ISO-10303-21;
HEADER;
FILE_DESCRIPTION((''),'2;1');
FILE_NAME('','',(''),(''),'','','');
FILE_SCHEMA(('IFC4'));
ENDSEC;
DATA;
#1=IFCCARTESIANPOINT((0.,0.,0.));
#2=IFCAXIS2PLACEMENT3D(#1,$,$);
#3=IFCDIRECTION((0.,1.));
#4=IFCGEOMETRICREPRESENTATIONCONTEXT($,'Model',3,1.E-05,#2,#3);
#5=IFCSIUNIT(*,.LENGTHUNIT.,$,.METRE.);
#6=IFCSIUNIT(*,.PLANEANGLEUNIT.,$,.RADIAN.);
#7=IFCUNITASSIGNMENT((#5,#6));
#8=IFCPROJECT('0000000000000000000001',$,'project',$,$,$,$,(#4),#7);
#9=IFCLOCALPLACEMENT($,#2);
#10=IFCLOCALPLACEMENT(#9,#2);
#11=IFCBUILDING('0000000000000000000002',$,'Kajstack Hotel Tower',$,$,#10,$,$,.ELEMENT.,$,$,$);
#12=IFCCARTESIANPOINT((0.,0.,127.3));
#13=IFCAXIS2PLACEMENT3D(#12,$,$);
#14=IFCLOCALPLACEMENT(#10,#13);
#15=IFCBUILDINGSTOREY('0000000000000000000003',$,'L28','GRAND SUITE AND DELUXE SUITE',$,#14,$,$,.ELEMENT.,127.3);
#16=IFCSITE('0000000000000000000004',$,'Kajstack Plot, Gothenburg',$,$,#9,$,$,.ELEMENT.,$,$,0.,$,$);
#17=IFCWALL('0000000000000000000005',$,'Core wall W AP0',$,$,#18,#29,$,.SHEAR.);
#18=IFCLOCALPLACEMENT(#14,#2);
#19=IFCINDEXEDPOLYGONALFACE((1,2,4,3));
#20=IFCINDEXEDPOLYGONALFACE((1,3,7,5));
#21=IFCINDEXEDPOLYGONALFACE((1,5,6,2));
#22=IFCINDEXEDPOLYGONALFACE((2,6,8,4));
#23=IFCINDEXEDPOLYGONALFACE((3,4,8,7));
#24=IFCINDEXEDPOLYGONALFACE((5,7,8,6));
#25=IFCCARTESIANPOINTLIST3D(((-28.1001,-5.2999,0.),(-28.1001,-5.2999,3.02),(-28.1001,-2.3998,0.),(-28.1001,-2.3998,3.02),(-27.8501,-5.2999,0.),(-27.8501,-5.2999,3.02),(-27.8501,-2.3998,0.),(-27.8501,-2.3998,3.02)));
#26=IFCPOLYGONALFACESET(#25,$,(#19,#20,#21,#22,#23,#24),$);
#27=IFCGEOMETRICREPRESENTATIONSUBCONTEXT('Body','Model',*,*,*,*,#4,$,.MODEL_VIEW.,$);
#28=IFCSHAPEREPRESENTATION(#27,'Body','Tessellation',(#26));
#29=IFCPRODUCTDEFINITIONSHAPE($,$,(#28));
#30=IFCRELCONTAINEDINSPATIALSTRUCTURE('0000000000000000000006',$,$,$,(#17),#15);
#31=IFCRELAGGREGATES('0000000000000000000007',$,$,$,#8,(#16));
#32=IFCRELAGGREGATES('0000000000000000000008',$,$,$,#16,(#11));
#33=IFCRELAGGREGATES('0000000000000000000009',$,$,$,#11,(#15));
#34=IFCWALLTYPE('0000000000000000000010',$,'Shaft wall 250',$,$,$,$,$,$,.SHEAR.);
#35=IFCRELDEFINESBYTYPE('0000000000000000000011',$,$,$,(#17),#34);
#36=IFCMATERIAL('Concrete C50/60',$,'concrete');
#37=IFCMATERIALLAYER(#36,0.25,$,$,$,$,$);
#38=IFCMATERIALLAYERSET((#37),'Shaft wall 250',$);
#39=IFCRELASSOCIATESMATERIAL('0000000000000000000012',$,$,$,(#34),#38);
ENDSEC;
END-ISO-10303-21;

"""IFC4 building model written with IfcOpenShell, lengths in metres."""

from ifc_helpers import new_model, si_unit, direction, frame, frame_2d, origin, place, context, subcontext, project, spatial, rectangle, extrude, material, layer, layer_set, type_object, element, save


model = new_model("IFC4")

# Units and contexts
model_context = context("Model", 3, precision=1e-05, world=origin(), true_north=direction((0.0, 1.0)))
body_context = subcontext(model_context, "Body", "Model", "MODEL_VIEW")
ifc_project = project(units=[si_unit("LENGTHUNIT", "METRE"), si_unit("PLANEANGLEUNIT", "RADIAN")], contexts=[model_context])

# Site, building, storey
site_placement = place(None, origin())
site = spatial("IfcSite", under=ifc_project, at=site_placement, Name="Kajstack Plot, Gothenburg", CompositionType="ELEMENT", RefElevation=0.0)
building_placement = place(site_placement, origin())
building = spatial("IfcBuilding", under=site, at=building_placement, Name="Kajstack Hotel Tower", CompositionType="ELEMENT")
storey_placement = place(building_placement, frame((0.0, 0.0, 127.3)))
storey = spatial("IfcBuildingStorey", under=building, at=storey_placement, Name="L28", Description="GRAND SUITE AND DELUXE SUITE", CompositionType="ELEMENT", Elevation=127.3)

# Shared definitions
ifc_material_1 = material(Name="Concrete C50/60", Category="concrete")

# Wall
ifc_layer_1 = layer(ifc_material_1, 0.25)
ifc_layer_set_1 = layer_set([ifc_layer_1], Name="Shaft wall 250")
wall_type_1 = type_object("IfcWallType", Name="Shaft wall 250", PredefinedType="SHEAR", material=ifc_layer_set_1)
wall_1_placement = place(storey_placement, frame((-27.9751, -5.3, 0.0), z_axis=(0.0, 0.0, 1.0), x_axis=(0.0, 1.0, 0.0)))
element("IfcWall", 1, at=wall_1_placement, inside=storey, type_object=wall_type_1, Name="Core wall W AP0", PredefinedType="SHEAR", context=body_context, shape_type="SweptSolid", body=[
    extrude(rectangle(XDim=2.9001, YDim=0.25, at=frame_2d((1.4502, 0.0))), origin(), (0.0, 0.0, 1.0), 3.02),
])

save(model, "model.ifc")
